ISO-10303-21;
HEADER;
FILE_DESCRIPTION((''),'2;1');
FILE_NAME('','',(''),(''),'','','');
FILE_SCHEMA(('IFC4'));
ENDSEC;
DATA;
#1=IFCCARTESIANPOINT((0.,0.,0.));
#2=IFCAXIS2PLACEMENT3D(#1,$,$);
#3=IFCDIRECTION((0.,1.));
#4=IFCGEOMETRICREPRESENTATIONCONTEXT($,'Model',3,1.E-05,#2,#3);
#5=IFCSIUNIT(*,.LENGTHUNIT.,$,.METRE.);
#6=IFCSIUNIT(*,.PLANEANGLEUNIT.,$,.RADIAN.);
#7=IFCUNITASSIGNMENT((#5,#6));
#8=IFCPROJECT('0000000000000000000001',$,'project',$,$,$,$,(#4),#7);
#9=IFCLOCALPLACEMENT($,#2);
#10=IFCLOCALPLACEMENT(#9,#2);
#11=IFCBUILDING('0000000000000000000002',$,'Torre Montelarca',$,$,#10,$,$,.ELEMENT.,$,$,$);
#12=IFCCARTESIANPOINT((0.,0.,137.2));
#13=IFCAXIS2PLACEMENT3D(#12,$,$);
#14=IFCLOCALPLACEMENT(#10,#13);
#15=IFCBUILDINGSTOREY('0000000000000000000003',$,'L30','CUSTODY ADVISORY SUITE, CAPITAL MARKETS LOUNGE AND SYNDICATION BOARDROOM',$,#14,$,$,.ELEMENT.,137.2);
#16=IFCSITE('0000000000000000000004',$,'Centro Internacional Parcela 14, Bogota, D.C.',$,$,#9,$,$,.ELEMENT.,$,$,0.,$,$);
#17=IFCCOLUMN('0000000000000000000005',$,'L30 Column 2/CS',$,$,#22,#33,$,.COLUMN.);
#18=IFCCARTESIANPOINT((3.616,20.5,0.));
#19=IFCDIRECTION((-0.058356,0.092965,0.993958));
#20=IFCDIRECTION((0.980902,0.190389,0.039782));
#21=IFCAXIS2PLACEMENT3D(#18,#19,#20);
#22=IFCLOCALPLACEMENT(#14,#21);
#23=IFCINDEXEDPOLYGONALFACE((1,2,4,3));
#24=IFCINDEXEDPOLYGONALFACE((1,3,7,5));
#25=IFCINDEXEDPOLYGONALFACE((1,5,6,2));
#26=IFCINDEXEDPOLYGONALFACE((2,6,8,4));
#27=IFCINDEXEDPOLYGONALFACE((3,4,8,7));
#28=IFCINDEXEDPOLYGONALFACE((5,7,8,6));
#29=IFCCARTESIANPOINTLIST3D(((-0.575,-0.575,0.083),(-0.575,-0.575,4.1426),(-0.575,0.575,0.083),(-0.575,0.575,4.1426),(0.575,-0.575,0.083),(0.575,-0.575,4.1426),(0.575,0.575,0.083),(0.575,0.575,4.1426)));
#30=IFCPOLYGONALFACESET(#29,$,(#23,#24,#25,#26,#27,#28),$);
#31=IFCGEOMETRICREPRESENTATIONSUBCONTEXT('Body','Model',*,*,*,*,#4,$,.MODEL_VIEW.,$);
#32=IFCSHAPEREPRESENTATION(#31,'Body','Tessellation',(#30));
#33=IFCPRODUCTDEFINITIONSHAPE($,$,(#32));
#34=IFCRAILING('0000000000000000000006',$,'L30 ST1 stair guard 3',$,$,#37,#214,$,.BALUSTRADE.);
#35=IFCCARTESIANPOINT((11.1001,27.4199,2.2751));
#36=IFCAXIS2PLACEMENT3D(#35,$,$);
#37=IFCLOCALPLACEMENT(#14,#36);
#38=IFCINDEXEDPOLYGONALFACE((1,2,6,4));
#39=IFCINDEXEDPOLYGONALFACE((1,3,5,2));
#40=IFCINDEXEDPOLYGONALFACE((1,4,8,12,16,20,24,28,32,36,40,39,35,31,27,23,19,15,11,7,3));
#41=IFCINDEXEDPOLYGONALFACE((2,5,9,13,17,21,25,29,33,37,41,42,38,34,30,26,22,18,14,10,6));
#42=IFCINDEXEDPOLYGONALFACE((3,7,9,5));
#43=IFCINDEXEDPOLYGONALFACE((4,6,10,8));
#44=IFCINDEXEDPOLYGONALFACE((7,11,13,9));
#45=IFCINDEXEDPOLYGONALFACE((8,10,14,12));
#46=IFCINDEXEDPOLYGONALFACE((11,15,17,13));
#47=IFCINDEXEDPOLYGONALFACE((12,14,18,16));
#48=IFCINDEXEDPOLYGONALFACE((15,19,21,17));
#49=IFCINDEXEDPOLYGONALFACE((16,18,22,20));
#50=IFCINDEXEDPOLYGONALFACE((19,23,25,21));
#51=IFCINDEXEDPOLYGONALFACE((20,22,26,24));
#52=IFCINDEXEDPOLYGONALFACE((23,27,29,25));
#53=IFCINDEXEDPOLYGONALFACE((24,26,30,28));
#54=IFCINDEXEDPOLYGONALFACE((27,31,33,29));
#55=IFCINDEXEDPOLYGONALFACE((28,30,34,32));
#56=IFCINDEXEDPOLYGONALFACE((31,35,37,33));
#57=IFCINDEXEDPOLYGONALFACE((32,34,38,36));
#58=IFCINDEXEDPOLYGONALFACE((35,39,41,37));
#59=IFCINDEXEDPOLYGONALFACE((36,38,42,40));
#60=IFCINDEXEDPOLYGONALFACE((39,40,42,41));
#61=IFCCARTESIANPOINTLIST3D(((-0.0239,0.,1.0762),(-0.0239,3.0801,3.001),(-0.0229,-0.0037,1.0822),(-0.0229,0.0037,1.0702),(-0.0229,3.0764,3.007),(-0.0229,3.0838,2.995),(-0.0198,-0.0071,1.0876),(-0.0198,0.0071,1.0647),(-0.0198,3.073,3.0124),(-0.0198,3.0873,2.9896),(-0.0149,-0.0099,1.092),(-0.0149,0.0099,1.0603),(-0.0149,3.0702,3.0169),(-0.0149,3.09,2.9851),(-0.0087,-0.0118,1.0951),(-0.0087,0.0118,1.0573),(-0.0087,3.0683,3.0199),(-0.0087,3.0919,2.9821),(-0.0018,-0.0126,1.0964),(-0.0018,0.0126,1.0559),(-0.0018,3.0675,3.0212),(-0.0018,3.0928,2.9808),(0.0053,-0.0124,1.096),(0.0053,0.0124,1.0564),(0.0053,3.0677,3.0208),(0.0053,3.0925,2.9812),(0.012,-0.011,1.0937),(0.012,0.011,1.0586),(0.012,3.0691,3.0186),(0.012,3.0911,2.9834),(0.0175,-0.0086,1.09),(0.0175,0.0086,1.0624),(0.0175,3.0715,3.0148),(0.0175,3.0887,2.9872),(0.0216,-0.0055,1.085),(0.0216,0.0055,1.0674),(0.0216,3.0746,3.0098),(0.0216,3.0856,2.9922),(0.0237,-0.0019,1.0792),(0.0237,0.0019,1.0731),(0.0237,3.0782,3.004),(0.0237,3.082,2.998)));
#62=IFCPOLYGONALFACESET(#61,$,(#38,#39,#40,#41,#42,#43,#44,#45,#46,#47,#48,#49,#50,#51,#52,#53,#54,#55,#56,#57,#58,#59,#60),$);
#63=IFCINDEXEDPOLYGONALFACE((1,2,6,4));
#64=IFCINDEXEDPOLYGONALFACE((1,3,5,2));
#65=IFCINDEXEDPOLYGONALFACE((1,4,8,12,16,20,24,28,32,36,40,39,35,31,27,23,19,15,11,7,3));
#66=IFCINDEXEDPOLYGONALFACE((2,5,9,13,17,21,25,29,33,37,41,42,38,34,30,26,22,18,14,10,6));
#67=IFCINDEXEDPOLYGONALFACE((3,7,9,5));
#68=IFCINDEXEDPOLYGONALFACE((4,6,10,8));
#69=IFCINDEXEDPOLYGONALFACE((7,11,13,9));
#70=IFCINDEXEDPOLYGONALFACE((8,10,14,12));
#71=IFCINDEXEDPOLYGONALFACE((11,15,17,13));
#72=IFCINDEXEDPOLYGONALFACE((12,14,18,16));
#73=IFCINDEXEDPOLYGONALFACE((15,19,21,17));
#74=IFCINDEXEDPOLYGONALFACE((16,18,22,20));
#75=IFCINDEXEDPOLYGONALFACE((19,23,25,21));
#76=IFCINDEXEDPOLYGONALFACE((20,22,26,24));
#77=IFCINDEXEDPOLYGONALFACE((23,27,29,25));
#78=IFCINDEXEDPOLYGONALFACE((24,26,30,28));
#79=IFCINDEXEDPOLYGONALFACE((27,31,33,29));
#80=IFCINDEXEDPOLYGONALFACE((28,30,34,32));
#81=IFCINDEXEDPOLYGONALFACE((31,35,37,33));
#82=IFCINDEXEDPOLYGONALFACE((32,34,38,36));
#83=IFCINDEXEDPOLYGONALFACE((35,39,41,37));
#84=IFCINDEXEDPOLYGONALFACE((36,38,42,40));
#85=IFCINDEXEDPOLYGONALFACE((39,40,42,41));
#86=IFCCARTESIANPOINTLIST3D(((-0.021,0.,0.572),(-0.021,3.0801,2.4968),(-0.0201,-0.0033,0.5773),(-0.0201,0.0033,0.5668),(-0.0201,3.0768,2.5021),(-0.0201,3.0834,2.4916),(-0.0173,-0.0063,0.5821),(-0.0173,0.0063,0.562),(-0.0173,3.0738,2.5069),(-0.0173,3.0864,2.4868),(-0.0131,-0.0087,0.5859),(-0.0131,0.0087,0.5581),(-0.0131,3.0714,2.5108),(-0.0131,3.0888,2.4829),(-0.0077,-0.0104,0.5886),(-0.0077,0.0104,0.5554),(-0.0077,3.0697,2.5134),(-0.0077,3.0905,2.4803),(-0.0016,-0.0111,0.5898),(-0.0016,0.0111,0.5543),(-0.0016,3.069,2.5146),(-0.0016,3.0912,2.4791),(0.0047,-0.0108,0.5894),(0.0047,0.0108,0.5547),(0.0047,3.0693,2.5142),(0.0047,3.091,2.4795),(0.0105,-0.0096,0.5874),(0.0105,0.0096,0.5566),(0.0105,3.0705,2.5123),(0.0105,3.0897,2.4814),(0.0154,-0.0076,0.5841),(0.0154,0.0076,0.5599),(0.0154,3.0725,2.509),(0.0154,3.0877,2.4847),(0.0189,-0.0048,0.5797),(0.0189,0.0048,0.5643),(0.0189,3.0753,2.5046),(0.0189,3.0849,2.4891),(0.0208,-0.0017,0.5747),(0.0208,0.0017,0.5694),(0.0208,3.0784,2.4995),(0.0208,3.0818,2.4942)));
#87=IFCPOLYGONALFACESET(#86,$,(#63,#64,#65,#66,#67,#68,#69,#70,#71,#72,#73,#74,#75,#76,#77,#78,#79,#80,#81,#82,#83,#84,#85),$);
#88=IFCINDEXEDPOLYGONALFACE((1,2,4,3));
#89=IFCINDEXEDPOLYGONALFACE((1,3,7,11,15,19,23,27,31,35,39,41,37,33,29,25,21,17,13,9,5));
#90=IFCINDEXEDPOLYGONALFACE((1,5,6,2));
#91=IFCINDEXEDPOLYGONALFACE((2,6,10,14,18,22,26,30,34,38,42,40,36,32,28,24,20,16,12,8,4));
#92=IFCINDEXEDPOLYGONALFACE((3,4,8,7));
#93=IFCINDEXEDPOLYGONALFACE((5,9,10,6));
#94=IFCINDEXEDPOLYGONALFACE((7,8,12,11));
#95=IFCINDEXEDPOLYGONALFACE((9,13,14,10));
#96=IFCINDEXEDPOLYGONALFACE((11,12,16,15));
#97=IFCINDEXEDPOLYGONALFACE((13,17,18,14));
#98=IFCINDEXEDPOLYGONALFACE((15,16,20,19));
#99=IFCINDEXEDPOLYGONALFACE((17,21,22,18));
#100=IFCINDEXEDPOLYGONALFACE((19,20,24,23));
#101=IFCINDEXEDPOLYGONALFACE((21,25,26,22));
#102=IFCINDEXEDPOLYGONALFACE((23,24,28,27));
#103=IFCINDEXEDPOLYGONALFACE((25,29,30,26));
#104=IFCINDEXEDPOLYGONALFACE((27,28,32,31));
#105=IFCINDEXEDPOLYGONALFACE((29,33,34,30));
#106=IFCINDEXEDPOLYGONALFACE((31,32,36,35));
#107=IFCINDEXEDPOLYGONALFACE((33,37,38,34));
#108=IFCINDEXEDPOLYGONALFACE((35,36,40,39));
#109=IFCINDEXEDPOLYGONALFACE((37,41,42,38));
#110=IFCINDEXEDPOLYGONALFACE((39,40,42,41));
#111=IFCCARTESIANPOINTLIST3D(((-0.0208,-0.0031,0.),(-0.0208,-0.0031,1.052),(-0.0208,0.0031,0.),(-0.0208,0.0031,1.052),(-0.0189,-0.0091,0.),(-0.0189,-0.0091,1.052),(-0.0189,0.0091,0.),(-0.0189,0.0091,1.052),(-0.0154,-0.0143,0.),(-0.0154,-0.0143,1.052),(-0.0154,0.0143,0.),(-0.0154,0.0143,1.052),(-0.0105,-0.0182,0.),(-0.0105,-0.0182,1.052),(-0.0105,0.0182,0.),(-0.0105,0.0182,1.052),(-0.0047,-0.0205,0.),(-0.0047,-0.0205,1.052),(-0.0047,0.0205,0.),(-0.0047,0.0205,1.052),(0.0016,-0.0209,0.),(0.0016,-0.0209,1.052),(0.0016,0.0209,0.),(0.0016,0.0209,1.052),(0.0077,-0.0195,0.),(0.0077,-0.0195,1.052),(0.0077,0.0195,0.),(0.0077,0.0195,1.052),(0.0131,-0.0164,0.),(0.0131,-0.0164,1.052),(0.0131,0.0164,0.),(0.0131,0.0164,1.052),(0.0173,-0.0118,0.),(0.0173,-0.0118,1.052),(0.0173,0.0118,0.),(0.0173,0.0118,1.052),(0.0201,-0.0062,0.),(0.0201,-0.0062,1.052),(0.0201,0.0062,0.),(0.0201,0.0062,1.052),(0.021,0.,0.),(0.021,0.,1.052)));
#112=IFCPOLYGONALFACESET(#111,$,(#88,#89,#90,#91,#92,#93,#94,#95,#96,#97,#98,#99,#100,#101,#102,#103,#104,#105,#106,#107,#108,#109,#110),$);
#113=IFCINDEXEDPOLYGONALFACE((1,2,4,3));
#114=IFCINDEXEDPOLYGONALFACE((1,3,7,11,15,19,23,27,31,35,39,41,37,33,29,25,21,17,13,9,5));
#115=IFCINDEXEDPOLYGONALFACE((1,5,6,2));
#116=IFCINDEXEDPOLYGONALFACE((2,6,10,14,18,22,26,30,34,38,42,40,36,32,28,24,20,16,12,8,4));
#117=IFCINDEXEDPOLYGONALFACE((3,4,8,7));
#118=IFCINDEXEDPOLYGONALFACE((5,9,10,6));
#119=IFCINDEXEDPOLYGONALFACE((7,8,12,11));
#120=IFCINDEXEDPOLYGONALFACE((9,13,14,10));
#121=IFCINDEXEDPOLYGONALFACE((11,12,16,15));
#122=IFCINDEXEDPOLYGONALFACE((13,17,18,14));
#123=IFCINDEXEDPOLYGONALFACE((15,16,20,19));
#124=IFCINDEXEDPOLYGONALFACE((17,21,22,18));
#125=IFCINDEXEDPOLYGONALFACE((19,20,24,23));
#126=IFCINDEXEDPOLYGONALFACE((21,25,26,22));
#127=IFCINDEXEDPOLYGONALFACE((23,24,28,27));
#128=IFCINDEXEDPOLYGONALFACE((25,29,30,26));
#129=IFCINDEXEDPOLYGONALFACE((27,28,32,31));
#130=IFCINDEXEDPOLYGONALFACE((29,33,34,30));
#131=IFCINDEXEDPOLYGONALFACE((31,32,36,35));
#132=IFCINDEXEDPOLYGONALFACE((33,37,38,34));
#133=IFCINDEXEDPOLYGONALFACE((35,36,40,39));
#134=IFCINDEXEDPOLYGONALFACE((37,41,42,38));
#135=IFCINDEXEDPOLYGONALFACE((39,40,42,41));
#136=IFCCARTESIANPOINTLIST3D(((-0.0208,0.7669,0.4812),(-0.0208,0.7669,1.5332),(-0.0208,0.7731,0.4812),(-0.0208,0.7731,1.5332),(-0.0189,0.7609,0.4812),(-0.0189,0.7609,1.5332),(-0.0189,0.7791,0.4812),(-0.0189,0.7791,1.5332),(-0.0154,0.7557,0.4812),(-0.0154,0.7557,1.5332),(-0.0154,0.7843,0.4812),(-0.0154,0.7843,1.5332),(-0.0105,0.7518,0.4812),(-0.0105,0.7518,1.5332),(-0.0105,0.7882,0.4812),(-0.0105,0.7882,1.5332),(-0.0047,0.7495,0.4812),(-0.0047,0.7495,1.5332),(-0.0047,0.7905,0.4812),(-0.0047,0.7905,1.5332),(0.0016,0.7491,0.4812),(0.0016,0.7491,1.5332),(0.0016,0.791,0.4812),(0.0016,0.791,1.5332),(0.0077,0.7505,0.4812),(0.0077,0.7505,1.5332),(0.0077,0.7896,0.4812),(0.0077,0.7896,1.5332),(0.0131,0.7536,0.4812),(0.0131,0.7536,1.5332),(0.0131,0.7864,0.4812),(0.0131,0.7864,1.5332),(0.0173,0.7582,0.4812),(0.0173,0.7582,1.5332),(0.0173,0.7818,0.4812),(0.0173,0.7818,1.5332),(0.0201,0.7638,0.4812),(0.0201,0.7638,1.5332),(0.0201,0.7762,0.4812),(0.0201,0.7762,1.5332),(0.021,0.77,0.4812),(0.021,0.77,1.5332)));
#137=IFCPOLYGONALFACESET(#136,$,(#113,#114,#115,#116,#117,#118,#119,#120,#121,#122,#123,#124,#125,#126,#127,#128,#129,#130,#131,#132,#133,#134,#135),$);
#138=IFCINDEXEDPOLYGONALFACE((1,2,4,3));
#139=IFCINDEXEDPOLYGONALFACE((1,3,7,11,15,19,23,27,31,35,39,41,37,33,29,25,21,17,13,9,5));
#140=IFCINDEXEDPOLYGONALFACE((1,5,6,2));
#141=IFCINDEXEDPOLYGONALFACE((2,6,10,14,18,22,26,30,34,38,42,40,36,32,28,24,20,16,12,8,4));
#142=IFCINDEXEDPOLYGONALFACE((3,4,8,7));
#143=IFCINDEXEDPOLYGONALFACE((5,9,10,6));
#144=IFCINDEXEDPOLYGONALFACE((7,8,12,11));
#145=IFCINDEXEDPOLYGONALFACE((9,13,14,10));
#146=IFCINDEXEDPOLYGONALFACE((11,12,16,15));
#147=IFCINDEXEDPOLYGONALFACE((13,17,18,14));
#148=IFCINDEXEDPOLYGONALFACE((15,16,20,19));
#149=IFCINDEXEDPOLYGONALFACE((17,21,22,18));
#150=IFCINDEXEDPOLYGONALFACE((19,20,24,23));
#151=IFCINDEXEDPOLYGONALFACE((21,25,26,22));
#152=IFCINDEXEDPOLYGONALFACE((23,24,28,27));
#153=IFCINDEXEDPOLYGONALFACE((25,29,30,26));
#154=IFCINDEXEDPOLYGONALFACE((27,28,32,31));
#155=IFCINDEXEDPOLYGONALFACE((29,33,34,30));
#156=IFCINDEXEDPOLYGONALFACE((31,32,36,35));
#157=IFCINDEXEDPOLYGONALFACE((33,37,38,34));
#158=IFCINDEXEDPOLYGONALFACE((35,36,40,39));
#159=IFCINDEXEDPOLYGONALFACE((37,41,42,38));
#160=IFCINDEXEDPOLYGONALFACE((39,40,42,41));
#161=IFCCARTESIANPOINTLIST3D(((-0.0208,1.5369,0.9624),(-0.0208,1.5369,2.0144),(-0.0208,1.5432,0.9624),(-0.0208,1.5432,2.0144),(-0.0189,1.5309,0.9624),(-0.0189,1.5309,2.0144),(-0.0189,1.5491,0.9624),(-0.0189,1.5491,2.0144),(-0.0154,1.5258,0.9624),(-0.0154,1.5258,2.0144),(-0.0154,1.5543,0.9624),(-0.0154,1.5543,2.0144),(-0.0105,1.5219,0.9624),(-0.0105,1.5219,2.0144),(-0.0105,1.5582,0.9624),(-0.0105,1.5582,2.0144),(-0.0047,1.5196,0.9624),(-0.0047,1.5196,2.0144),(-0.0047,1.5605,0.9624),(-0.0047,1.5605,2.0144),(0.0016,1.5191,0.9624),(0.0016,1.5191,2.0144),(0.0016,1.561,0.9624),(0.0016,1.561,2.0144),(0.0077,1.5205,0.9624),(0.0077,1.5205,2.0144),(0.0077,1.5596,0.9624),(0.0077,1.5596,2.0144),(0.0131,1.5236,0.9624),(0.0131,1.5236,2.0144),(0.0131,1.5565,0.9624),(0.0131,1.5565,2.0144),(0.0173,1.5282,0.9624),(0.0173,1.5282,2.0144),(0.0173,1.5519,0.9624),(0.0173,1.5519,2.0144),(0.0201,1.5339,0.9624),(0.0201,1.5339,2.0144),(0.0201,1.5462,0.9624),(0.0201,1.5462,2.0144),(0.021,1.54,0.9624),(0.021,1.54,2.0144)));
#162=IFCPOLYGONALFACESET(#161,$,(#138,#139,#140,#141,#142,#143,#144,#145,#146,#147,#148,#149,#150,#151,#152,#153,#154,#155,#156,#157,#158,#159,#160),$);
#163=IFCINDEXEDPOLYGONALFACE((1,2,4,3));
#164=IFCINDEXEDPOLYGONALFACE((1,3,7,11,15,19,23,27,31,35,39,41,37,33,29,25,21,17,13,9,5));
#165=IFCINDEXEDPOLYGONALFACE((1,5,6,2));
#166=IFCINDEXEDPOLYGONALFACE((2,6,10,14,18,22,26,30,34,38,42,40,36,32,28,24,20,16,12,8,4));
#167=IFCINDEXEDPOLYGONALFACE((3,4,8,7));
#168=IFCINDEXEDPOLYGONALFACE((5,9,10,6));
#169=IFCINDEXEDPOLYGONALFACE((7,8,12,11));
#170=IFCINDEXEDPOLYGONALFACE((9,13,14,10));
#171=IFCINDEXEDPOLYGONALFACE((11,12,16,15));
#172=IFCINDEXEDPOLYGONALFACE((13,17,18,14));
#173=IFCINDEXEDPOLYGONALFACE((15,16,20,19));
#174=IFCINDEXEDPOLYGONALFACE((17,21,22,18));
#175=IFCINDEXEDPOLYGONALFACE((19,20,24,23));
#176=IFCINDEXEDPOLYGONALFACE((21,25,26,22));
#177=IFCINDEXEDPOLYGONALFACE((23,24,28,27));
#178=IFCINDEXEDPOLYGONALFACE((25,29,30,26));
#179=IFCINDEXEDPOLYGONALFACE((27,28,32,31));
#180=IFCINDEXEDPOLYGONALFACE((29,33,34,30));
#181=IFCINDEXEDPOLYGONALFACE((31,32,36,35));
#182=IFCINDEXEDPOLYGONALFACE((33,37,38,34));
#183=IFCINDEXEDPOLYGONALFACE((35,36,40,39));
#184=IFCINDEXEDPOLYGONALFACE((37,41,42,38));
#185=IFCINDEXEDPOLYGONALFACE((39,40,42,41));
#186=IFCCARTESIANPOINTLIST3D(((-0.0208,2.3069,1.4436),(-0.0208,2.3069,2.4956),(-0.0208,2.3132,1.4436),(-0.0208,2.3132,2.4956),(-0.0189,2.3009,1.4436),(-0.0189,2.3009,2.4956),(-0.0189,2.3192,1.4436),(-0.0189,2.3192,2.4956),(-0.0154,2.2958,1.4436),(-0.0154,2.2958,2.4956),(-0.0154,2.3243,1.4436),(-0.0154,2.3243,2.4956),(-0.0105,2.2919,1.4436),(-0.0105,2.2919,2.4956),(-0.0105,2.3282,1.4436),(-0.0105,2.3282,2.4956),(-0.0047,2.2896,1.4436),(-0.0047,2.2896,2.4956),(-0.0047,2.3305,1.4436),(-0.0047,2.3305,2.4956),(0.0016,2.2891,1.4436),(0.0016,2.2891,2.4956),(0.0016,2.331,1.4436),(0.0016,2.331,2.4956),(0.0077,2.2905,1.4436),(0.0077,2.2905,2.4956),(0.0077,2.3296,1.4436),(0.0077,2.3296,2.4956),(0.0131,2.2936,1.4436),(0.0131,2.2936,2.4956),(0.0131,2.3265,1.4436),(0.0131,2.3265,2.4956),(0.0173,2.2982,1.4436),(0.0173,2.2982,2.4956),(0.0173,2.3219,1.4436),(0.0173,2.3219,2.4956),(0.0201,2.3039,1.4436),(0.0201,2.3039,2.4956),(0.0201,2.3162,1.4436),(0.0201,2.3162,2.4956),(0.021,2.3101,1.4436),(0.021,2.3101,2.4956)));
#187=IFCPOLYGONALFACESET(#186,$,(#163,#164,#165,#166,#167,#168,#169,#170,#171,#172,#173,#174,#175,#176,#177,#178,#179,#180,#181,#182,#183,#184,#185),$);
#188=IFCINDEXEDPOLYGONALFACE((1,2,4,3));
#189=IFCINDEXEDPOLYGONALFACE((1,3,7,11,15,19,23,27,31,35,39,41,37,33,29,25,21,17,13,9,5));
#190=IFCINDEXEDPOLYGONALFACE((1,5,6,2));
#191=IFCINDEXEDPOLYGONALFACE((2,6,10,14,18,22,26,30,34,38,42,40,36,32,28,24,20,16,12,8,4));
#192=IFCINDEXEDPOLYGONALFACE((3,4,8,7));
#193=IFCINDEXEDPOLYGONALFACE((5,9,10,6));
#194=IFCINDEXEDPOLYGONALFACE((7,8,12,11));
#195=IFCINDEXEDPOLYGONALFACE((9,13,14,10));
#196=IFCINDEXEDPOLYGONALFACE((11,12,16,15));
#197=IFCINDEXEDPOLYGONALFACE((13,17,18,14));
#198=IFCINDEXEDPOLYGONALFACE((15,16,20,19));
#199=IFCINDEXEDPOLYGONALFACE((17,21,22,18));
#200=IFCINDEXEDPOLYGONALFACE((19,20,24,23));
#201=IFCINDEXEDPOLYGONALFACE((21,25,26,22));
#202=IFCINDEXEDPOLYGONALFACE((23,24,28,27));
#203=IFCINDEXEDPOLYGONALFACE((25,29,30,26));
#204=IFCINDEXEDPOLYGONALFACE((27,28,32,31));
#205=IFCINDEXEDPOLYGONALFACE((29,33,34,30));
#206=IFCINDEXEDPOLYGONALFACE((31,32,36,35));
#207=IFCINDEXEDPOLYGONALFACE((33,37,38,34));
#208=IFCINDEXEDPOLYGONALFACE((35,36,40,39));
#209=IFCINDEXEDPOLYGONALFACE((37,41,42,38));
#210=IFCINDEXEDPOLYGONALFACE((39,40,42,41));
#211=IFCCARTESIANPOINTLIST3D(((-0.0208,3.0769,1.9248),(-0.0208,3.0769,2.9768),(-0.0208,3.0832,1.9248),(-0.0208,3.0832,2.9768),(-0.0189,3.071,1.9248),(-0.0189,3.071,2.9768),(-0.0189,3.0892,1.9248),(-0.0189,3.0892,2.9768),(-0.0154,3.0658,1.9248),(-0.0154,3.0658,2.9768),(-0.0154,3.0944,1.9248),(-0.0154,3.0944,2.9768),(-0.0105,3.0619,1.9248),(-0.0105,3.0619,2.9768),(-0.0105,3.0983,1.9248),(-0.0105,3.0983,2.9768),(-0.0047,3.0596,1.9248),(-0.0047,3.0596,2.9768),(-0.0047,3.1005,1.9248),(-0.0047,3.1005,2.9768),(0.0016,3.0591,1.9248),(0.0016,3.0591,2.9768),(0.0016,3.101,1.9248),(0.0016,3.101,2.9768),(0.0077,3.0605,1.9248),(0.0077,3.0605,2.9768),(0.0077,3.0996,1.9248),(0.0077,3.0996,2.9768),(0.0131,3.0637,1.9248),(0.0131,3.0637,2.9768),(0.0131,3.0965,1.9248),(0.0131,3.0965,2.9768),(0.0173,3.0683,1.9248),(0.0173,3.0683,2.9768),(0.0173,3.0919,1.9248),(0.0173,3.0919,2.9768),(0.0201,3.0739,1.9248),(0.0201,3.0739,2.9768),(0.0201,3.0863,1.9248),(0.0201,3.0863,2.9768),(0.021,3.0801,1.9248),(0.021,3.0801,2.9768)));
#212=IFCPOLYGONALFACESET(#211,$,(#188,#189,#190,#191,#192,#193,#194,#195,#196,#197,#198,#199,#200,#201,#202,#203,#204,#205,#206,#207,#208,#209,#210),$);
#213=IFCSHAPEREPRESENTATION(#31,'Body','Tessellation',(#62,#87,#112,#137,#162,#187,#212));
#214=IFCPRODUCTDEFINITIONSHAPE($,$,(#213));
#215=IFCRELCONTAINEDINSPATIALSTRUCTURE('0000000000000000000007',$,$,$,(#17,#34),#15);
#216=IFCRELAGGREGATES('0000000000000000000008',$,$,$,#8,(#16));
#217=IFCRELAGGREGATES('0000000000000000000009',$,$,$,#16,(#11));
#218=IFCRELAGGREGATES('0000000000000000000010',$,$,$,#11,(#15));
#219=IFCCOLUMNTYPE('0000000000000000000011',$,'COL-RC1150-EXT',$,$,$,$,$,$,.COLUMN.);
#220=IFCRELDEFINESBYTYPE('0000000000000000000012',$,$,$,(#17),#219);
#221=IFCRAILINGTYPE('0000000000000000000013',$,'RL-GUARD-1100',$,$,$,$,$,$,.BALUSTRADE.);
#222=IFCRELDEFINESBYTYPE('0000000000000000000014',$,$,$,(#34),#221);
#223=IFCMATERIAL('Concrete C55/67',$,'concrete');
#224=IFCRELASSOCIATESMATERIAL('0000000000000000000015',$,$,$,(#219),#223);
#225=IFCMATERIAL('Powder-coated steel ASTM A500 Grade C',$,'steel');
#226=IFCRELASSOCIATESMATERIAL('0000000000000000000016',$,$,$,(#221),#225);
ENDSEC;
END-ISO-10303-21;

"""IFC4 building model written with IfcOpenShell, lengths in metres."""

from ifc_helpers import new_model, si_unit, direction, frame, origin, origin_2d, place, context, subcontext, project, spatial, rectangle, circle, extrude, clip, halfspace, material, material_profile, profile_set, type_object, element, save


model = new_model("IFC4")

# Units and contexts
model_context = context("Model", 3, precision=1e-05, world=origin(), true_north=direction((0.0, 1.0)))
body_context = subcontext(model_context, "Body", "Model", "MODEL_VIEW")
ifc_project = project(units=[si_unit("LENGTHUNIT", "METRE"), si_unit("PLANEANGLEUNIT", "RADIAN")], contexts=[model_context])

# Site, building, storey
site_placement = place(None, origin())
site = spatial("IfcSite", under=ifc_project, at=site_placement, Name="Centro Internacional Parcela 14, Bogota, D.C.", CompositionType="ELEMENT", RefElevation=0.0)
building_placement = place(site_placement, origin())
building = spatial("IfcBuilding", under=site, at=building_placement, Name="Torre Montelarca", CompositionType="ELEMENT")
storey_placement = place(building_placement, frame((0.0, 0.0, 137.2)))
storey = spatial("IfcBuildingStorey", under=building, at=storey_placement, Name="L30", Description="CUSTODY ADVISORY SUITE, CAPITAL MARKETS LOUNGE AND SYNDICATION BOARDROOM", CompositionType="ELEMENT", Elevation=137.2)

# Column
ifc_material_1 = material(Name="Concrete C55/67", Category="concrete")
ifc_material_profile_1 = material_profile(ifc_material_1, rectangle(XDim=1.1499, YDim=1.1499, at=origin_2d()), Name="RC1150X1150", Category="concrete")
ifc_profile_set_1 = profile_set([ifc_material_profile_1], Name="Concrete C55/67")
column_type_1 = type_object("IfcColumnType", Name="COL-RC1150-EXT", PredefinedType="COLUMN", material=ifc_profile_set_1)
column_1_placement = place(storey_placement, frame((3.616, 20.5, 0.0), z_axis=(-0.058356, 0.092965, 0.993958), x_axis=(0.980902, 0.190389, 0.039782)))
element("IfcColumn", 1, at=column_1_placement, inside=storey, type_object=column_type_1, Name="L30 Column 2/CS", PredefinedType="COLUMN", context=body_context, shape_type="Clipping", body=[
    clip(clip(extrude(rectangle(XDim=1.1499, YDim=1.1499, at=origin_2d()), origin(), (0.0, 0.0, 1.0), 4.2256), halfspace(frame((0.0, 0.0, 0.083), z_axis=(0.0, 0.0, -1.0), x_axis=(1.0, 0.0, 0.0)), False)), halfspace(frame((0.0, 0.0, 4.1426), z_axis=(0.0, 0.0, 1.0), x_axis=(1.0, 0.0, 0.0)), False)),
])

# Railing
ifc_material_2 = material(Name="Powder-coated steel ASTM A500 Grade C", Category="steel")
railing_type_1 = type_object("IfcRailingType", Name="RL-GUARD-1100", PredefinedType="BALUSTRADE", material=ifc_material_2)
railing_1_placement = place(storey_placement, frame((11.1001, 27.4199, 2.2751)))
element("IfcRailing", 2, at=railing_1_placement, inside=storey, type_object=railing_type_1, Name="L30 ST1 stair guard 3", PredefinedType="BALUSTRADE", context=body_context, shape_type="SweptSolid", body=[
    extrude(circle(Radius=0.0239, at=origin_2d()), frame((0.0, 0.0, 1.0762), z_axis=(0.0, 0.848029, 0.529951), x_axis=(-1.0, 0.0, 0.0)), (0.0, 0.0, 1.0), 3.6321),
    extrude(circle(Radius=0.021, at=origin_2d()), frame((0.0, 0.0, 0.572), z_axis=(0.0, 0.848029, 0.529951), x_axis=(-1.0, 0.0, 0.0)), (0.0, 0.0, 1.0), 3.6321),
    extrude(circle(Radius=0.021, at=origin_2d()), origin(), (0.0, 0.0, 1.0), 1.052),
    extrude(circle(Radius=0.021, at=origin_2d()), frame((0.0, 0.77, 0.4812)), (0.0, 0.0, 1.0), 1.052),
    extrude(circle(Radius=0.021, at=origin_2d()), frame((0.0, 1.54, 0.9624)), (0.0, 0.0, 1.0), 1.052),
    extrude(circle(Radius=0.021, at=origin_2d()), frame((0.0, 2.3101, 1.4436)), (0.0, 0.0, 1.0), 1.052),
    extrude(circle(Radius=0.021, at=origin_2d()), frame((0.0, 3.0801, 1.9248)), (0.0, 0.0, 1.0), 1.052),
])

save(model, "model.ifc")
